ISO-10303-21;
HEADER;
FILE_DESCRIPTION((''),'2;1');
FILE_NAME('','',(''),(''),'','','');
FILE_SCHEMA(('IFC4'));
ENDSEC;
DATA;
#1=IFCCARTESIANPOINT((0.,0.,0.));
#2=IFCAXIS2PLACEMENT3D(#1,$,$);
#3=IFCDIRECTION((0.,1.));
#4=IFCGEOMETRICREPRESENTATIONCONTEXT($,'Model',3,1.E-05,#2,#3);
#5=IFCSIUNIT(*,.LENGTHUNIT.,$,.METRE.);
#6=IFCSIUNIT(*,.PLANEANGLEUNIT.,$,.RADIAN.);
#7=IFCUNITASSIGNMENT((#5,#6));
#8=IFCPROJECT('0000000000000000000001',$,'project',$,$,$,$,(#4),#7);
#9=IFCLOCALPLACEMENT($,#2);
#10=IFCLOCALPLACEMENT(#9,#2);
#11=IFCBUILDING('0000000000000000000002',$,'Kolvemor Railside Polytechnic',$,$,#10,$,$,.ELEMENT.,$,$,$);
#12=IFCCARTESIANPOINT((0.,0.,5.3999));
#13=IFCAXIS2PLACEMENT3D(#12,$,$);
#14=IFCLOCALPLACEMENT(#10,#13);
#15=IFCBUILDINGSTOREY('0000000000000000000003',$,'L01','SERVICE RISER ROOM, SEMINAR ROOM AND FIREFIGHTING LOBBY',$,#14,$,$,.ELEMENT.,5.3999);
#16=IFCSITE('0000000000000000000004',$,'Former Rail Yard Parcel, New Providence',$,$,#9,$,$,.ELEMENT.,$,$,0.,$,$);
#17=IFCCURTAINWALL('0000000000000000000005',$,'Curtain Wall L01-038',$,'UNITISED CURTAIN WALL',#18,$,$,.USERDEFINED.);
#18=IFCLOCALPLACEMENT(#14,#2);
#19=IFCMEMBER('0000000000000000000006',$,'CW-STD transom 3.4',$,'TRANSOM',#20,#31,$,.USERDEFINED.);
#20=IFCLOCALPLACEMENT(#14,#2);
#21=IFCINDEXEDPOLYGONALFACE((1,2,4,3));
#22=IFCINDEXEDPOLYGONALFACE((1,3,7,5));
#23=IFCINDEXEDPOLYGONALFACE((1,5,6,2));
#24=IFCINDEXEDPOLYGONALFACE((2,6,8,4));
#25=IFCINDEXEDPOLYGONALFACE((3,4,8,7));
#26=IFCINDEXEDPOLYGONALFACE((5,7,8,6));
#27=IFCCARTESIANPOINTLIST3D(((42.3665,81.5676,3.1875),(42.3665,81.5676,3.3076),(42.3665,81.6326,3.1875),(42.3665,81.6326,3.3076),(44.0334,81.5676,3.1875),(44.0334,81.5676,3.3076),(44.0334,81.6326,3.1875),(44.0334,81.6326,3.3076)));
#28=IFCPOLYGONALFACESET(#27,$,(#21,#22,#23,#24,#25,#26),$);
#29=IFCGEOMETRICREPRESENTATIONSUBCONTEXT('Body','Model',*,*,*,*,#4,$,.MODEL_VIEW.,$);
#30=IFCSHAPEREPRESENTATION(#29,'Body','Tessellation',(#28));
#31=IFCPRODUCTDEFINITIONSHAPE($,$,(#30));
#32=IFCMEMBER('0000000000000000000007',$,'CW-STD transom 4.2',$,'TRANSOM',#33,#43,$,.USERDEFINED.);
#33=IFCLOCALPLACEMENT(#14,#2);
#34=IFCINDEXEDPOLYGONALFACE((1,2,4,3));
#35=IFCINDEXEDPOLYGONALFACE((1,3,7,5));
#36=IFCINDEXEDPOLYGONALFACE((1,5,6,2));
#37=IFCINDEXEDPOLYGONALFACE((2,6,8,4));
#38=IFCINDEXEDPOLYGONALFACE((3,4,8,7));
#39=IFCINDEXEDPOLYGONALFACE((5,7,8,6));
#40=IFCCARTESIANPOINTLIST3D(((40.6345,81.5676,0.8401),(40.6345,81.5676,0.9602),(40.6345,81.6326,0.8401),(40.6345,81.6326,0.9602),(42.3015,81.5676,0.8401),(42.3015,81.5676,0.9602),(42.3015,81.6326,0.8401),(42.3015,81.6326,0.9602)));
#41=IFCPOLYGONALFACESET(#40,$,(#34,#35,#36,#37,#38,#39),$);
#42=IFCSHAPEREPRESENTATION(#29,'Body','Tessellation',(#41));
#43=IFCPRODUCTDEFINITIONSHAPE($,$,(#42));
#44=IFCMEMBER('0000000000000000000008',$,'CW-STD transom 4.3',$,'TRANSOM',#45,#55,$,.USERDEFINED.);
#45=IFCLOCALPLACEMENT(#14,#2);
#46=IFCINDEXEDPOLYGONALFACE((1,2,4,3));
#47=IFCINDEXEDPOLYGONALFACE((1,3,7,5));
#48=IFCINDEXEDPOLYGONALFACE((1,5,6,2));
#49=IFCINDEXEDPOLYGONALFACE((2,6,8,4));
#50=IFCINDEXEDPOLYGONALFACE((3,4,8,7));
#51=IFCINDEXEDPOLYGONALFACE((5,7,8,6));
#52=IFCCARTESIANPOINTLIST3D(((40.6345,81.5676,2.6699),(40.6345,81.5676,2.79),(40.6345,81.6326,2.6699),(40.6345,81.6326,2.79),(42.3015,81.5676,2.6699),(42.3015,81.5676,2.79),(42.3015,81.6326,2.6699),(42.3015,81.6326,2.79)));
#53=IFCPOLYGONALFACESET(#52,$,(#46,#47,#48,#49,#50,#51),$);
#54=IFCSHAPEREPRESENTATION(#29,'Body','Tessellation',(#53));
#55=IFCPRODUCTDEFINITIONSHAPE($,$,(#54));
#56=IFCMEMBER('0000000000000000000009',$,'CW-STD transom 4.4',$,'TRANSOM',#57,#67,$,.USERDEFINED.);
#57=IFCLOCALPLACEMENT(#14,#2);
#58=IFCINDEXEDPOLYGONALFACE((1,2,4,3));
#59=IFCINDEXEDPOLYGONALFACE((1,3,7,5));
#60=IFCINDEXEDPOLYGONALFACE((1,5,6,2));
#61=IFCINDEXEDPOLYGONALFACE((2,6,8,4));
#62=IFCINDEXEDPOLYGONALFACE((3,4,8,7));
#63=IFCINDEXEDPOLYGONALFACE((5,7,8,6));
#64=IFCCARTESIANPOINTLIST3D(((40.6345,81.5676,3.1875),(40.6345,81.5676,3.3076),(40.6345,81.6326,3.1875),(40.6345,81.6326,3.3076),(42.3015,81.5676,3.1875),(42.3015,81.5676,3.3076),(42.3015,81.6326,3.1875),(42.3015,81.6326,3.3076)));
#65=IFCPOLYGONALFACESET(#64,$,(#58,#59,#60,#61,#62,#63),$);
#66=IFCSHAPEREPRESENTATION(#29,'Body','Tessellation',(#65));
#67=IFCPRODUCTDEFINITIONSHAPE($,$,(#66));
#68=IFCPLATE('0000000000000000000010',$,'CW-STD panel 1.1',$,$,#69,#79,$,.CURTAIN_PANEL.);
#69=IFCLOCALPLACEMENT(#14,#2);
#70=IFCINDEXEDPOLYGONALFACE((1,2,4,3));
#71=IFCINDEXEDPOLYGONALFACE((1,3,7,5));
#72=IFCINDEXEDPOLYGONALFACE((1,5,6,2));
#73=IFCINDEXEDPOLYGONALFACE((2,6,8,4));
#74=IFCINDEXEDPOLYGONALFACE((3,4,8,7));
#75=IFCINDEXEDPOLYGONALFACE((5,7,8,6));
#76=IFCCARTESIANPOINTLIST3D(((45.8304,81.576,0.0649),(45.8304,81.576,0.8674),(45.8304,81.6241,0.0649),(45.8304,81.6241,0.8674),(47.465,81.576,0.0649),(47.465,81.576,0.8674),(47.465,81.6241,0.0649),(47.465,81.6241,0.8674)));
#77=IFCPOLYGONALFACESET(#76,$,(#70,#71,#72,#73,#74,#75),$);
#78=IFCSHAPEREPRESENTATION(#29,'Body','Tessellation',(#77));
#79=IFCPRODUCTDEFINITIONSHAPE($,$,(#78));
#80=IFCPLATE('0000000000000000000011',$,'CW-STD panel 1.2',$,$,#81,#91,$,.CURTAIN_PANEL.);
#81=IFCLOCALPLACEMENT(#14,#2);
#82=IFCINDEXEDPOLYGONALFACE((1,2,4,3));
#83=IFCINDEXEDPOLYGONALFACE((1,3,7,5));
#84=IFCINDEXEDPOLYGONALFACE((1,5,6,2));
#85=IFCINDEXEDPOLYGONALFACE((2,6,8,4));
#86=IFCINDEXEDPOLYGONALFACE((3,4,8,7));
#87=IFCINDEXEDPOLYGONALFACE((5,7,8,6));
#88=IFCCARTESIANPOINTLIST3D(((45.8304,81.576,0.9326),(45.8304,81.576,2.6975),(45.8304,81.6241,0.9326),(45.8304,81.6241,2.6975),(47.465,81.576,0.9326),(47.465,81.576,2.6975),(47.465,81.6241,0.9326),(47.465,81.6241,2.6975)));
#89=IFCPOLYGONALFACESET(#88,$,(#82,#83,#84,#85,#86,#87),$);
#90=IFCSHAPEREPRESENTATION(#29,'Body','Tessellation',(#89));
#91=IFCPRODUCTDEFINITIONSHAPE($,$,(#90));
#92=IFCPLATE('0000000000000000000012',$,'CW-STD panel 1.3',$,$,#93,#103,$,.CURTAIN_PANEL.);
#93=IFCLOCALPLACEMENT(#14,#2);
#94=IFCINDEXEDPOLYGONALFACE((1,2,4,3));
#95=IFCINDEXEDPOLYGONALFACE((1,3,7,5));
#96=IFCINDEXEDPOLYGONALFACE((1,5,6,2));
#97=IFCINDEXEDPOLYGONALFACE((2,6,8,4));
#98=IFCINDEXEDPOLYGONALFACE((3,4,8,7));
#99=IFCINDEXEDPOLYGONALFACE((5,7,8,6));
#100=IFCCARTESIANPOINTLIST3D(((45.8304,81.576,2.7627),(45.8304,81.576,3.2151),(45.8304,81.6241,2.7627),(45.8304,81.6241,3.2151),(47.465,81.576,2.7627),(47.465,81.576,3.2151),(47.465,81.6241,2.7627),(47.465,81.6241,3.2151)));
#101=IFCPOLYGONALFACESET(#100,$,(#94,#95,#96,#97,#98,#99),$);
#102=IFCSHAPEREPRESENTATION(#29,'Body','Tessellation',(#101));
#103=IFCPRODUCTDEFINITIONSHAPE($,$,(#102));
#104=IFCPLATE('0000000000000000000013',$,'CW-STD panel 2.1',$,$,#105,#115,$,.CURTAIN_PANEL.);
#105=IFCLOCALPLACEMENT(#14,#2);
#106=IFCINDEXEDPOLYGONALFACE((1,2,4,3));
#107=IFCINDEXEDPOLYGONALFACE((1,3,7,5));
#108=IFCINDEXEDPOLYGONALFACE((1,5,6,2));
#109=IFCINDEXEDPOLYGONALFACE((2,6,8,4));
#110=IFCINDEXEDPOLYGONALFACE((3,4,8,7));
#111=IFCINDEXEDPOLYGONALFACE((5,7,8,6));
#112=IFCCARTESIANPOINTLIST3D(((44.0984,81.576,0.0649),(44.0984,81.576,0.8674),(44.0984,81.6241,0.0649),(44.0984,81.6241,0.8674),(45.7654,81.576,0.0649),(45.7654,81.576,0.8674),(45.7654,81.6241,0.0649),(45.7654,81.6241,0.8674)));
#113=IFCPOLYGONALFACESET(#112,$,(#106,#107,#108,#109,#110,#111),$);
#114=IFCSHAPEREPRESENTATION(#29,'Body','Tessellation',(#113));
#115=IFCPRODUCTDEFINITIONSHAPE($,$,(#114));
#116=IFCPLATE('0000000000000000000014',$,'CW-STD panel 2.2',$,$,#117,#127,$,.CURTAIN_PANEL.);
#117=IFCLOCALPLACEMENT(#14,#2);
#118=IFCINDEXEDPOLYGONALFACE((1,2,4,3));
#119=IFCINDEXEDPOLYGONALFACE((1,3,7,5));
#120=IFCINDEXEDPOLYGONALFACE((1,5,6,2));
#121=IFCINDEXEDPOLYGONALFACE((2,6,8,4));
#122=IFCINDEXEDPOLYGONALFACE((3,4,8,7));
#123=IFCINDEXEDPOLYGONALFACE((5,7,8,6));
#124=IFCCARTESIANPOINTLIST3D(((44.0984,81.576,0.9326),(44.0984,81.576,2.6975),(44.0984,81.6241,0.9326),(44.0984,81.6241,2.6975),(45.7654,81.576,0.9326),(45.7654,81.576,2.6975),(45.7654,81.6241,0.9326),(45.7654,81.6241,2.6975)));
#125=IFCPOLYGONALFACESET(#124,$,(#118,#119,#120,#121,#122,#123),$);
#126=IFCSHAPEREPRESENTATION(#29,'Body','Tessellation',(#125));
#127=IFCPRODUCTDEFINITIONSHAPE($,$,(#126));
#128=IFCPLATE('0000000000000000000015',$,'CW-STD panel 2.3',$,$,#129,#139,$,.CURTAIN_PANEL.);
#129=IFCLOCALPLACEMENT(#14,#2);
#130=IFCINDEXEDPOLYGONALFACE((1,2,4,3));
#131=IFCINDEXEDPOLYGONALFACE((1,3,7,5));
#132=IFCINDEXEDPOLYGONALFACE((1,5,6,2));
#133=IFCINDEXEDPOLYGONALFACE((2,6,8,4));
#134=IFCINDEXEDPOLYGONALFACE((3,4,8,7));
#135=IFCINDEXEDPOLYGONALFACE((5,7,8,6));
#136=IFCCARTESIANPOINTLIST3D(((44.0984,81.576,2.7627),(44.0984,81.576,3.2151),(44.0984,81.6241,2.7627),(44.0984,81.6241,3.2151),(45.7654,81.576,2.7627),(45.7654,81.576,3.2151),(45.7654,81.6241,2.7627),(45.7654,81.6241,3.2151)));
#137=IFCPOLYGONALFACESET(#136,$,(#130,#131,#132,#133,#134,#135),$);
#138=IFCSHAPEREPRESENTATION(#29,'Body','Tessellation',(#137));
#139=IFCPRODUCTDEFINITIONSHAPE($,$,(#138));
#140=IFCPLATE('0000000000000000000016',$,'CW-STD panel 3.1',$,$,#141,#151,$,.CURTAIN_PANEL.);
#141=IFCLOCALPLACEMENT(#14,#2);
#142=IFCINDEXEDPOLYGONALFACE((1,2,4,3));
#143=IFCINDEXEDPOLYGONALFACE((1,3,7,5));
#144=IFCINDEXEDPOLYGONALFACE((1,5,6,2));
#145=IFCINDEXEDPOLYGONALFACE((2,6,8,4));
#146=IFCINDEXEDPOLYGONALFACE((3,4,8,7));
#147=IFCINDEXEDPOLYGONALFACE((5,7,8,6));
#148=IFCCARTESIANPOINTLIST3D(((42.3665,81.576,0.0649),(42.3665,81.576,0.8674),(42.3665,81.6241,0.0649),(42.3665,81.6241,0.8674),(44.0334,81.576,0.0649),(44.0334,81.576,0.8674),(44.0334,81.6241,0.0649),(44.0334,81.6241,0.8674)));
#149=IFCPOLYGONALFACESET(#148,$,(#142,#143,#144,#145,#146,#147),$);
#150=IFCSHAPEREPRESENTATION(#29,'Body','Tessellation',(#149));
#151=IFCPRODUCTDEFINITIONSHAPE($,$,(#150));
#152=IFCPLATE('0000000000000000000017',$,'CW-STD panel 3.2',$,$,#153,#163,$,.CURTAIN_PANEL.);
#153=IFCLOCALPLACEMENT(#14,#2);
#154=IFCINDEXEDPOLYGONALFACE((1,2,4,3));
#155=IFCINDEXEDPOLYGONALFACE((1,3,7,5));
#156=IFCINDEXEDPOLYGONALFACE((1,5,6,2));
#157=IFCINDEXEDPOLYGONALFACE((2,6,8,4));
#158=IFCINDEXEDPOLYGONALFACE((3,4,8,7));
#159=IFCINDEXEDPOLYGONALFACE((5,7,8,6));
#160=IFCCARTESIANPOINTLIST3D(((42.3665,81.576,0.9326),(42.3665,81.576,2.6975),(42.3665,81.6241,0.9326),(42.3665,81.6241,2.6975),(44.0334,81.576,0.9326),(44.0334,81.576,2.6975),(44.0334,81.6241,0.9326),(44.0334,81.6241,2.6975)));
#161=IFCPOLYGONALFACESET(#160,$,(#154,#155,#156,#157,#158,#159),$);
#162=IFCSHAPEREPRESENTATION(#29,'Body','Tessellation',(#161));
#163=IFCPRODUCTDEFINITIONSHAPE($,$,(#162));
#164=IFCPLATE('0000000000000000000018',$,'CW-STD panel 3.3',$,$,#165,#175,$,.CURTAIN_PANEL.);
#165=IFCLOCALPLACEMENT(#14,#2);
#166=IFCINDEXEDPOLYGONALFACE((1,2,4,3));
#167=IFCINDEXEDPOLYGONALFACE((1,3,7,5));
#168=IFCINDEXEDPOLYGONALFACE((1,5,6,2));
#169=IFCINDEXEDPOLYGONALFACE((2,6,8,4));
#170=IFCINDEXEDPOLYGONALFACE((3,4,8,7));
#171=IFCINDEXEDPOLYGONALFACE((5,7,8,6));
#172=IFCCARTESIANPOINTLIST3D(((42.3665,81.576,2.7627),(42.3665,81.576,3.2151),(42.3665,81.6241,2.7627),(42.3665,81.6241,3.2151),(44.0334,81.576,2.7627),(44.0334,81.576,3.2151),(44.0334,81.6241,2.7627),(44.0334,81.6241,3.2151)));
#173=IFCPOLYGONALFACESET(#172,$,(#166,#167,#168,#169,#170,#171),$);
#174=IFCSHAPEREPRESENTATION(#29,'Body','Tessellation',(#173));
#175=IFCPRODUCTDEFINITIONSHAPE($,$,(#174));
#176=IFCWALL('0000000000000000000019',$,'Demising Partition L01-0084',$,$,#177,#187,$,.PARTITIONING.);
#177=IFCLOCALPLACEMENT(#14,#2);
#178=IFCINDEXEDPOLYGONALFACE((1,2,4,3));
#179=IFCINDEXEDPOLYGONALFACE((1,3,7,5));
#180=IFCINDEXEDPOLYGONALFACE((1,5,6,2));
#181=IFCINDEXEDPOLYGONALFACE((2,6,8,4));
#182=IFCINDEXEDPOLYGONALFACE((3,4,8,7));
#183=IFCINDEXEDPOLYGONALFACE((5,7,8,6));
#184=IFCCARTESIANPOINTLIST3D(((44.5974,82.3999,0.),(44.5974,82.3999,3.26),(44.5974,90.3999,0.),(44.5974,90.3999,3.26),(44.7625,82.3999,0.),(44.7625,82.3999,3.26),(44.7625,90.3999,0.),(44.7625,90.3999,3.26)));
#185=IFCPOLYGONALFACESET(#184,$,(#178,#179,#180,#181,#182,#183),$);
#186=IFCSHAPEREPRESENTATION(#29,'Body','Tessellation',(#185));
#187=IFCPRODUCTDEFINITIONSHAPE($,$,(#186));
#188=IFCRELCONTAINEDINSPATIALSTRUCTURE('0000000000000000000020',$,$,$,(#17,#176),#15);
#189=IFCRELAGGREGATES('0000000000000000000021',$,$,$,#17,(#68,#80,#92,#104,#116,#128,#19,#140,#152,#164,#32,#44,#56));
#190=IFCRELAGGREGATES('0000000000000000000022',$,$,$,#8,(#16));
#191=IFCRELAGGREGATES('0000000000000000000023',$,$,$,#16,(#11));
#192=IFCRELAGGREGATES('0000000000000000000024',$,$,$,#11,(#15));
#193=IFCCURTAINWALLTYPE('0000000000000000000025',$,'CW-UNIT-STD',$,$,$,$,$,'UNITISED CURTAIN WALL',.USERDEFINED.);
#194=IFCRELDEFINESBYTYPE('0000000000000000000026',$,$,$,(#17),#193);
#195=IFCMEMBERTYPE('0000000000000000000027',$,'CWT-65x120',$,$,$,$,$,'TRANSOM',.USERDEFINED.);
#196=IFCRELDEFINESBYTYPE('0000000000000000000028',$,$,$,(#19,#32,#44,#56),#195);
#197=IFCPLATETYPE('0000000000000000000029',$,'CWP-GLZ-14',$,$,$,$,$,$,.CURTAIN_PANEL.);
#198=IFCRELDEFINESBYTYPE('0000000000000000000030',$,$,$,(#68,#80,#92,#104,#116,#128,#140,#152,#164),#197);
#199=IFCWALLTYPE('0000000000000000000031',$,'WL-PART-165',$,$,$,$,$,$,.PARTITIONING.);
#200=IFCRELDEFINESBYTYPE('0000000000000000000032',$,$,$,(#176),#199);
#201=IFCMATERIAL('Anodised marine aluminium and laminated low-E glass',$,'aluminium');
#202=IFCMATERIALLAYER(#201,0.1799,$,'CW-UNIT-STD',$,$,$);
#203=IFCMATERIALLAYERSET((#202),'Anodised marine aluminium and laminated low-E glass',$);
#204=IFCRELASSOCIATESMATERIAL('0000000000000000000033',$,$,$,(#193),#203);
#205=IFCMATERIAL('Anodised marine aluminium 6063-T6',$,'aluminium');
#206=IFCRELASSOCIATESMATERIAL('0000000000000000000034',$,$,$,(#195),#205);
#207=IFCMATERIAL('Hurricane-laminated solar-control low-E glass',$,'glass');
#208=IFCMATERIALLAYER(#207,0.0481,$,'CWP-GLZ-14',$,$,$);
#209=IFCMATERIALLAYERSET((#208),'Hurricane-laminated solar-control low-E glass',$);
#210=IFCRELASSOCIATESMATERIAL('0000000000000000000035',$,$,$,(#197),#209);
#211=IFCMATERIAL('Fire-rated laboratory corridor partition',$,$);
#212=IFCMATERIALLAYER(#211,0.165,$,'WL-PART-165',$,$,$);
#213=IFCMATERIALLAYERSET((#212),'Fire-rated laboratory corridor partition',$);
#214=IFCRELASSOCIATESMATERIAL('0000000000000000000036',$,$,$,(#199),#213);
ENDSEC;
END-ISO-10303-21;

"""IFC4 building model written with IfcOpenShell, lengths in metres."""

from ifc_helpers import new_model, si_unit, direction, frame, frame_2d, origin, origin_2d, place, context, subcontext, project, spatial, rectangle, extrude, material, layer, layer_set, material_profile, profile_set, type_object, element, aggregate, save


model = new_model("IFC4")

# Units and contexts
model_context = context("Model", 3, precision=1e-05, world=origin(), true_north=direction((0.0, 1.0)))
body_context = subcontext(model_context, "Body", "Model", "MODEL_VIEW")
ifc_project = project(units=[si_unit("LENGTHUNIT", "METRE"), si_unit("PLANEANGLEUNIT", "RADIAN")], contexts=[model_context])

# Site, building, storey
site_placement = place(None, origin())
site = spatial("IfcSite", under=ifc_project, at=site_placement, Name="Former Rail Yard Parcel, New Providence", CompositionType="ELEMENT", RefElevation=0.0)
building_placement = place(site_placement, origin())
building = spatial("IfcBuilding", under=site, at=building_placement, Name="Kolvemor Railside Polytechnic", CompositionType="ELEMENT")
storey_placement = place(building_placement, frame((0.0, 0.0, 5.3999)))
storey = spatial("IfcBuildingStorey", under=building, at=storey_placement, Name="L01", Description="SERVICE RISER ROOM, SEMINAR ROOM AND FIREFIGHTING LOBBY", CompositionType="ELEMENT", Elevation=5.3999)

# Curtain wall, members, plates
ifc_material_1 = material(Name="Anodised marine aluminium and laminated low-E glass", Category="aluminium")
ifc_layer_1 = layer(ifc_material_1, 0.1799, Name="CW-UNIT-STD")
ifc_layer_set_1 = layer_set([ifc_layer_1], Name="Anodised marine aluminium and laminated low-E glass")
curtain_wall_type = type_object("IfcCurtainWallType", Name="CW-UNIT-STD", ElementType="UNITISED CURTAIN WALL", PredefinedType="USERDEFINED", material=ifc_layer_set_1)
curtain_wall_placement = place(storey_placement, origin())
curtain_wall = element("IfcCurtainWall", 1, at=curtain_wall_placement, inside=storey, type_object=curtain_wall_type, Name="Curtain Wall L01-038", ObjectType="UNITISED CURTAIN WALL", PredefinedType="USERDEFINED")
ifc_material_2 = material(Name="Anodised marine aluminium 6063-T6", Category="aluminium")
ifc_material_profile_1 = material_profile(ifc_material_2, rectangle(XDim=0.0649, YDim=0.1201, at=origin_2d()), Name="CW-TRN-65x120")
ifc_profile_set_1 = profile_set([ifc_material_profile_1], Name="Anodised marine aluminium 6063-T6")
member_type_1 = type_object("IfcMemberType", Name="CWT-65x120", ElementType="TRANSOM", PredefinedType="USERDEFINED", material=ifc_profile_set_1)
member_1_placement = place(storey_placement, frame((44.0334, 81.6001, 3.2476), z_axis=(-1.0, 0.0, 0.0), x_axis=(0.0, -1.0, 0.0)))
member_1 = element("IfcMember", 2, at=member_1_placement, type_object=member_type_1, Name="CW-STD transom 3.4", ObjectType="TRANSOM", PredefinedType="USERDEFINED", context=body_context, shape_type="SweptSolid", body=[
    extrude(rectangle(XDim=0.0649, YDim=0.1201, at=origin_2d()), origin(), (0.0, 0.0, 1.0), 1.667),
])
member_2_placement = place(storey_placement, frame((42.3015, 81.6001, 0.9001), z_axis=(-1.0, 0.0, 0.0), x_axis=(0.0, -1.0, 0.0)))
member_2 = element("IfcMember", 3, at=member_2_placement, type_object=member_type_1, Name="CW-STD transom 4.2", ObjectType="TRANSOM", PredefinedType="USERDEFINED", context=body_context, shape_type="SweptSolid", body=[
    extrude(rectangle(XDim=0.0649, YDim=0.1201, at=origin_2d()), origin(), (0.0, 0.0, 1.0), 1.667),
])
member_3_placement = place(storey_placement, frame((42.3015, 81.6001, 2.73), z_axis=(-1.0, 0.0, 0.0), x_axis=(0.0, -1.0, 0.0)))
member_3 = element("IfcMember", 4, at=member_3_placement, type_object=member_type_1, Name="CW-STD transom 4.3", ObjectType="TRANSOM", PredefinedType="USERDEFINED", context=body_context, shape_type="SweptSolid", body=[
    extrude(rectangle(XDim=0.0649, YDim=0.1201, at=origin_2d()), origin(), (0.0, 0.0, 1.0), 1.667),
])
member_4_placement = place(storey_placement, frame((42.3015, 81.6001, 3.2476), z_axis=(-1.0, 0.0, 0.0), x_axis=(0.0, -1.0, 0.0)))
member_4 = element("IfcMember", 5, at=member_4_placement, type_object=member_type_1, Name="CW-STD transom 4.4", ObjectType="TRANSOM", PredefinedType="USERDEFINED", context=body_context, shape_type="SweptSolid", body=[
    extrude(rectangle(XDim=0.0649, YDim=0.1201, at=origin_2d()), origin(), (0.0, 0.0, 1.0), 1.667),
])
ifc_material_3 = material(Name="Hurricane-laminated solar-control low-E glass", Category="glass")
ifc_layer_2 = layer(ifc_material_3, 0.0481, Name="CWP-GLZ-14")
ifc_layer_set_2 = layer_set([ifc_layer_2], Name="Hurricane-laminated solar-control low-E glass")
plate_type = type_object("IfcPlateType", Name="CWP-GLZ-14", PredefinedType="CURTAIN_PANEL", material=ifc_layer_set_2)
plate_1_placement = place(storey_placement, frame((46.6477, 81.6001, 0.0649), z_axis=(0.0, 0.0, 1.0), x_axis=(-1.0, 0.0, 0.0)))
plate_1 = element("IfcPlate", 6, at=plate_1_placement, type_object=plate_type, Name="CW-STD panel 1.1", PredefinedType="CURTAIN_PANEL", context=body_context, shape_type="SweptSolid", body=[
    extrude(rectangle(XDim=1.6345, YDim=0.0481, at=origin_2d()), origin(), (0.0, 0.0, 1.0), 0.8025),
])
plate_2_placement = place(storey_placement, frame((46.6477, 81.6001, 0.9326), z_axis=(0.0, 0.0, 1.0), x_axis=(-1.0, 0.0, 0.0)))
plate_2 = element("IfcPlate", 7, at=plate_2_placement, type_object=plate_type, Name="CW-STD panel 1.2", PredefinedType="CURTAIN_PANEL", context=body_context, shape_type="SweptSolid", body=[
    extrude(rectangle(XDim=1.6345, YDim=0.0481, at=origin_2d()), origin(), (0.0, 0.0, 1.0), 1.7649),
])
plate_3_placement = place(storey_placement, frame((46.6477, 81.6001, 2.7627), z_axis=(0.0, 0.0, 1.0), x_axis=(-1.0, 0.0, 0.0)))
plate_3 = element("IfcPlate", 8, at=plate_3_placement, type_object=plate_type, Name="CW-STD panel 1.3", PredefinedType="CURTAIN_PANEL", context=body_context, shape_type="SweptSolid", body=[
    extrude(rectangle(XDim=1.6345, YDim=0.0481, at=origin_2d()), origin(), (0.0, 0.0, 1.0), 0.4524),
])
plate_4_placement = place(storey_placement, frame((44.9319, 81.6001, 0.0649), z_axis=(0.0, 0.0, 1.0), x_axis=(-1.0, 0.0, 0.0)))
plate_4 = element("IfcPlate", 9, at=plate_4_placement, type_object=plate_type, Name="CW-STD panel 2.1", PredefinedType="CURTAIN_PANEL", context=body_context, shape_type="SweptSolid", body=[
    extrude(rectangle(XDim=1.667, YDim=0.0481, at=origin_2d()), origin(), (0.0, 0.0, 1.0), 0.8025),
])
plate_5_placement = place(storey_placement, frame((44.9319, 81.6001, 0.9326), z_axis=(0.0, 0.0, 1.0), x_axis=(-1.0, 0.0, 0.0)))
plate_5 = element("IfcPlate", 10, at=plate_5_placement, type_object=plate_type, Name="CW-STD panel 2.2", PredefinedType="CURTAIN_PANEL", context=body_context, shape_type="SweptSolid", body=[
    extrude(rectangle(XDim=1.667, YDim=0.0481, at=origin_2d()), origin(), (0.0, 0.0, 1.0), 1.7649),
])
plate_6_placement = place(storey_placement, frame((44.9319, 81.6001, 2.7627), z_axis=(0.0, 0.0, 1.0), x_axis=(-1.0, 0.0, 0.0)))
plate_6 = element("IfcPlate", 11, at=plate_6_placement, type_object=plate_type, Name="CW-STD panel 2.3", PredefinedType="CURTAIN_PANEL", context=body_context, shape_type="SweptSolid", body=[
    extrude(rectangle(XDim=1.667, YDim=0.0481, at=origin_2d()), origin(), (0.0, 0.0, 1.0), 0.4524),
])
plate_7_placement = place(storey_placement, frame((43.2, 81.6001, 0.0649), z_axis=(0.0, 0.0, 1.0), x_axis=(-1.0, 0.0, 0.0)))
plate_7 = element("IfcPlate", 12, at=plate_7_placement, type_object=plate_type, Name="CW-STD panel 3.1", PredefinedType="CURTAIN_PANEL", context=body_context, shape_type="SweptSolid", body=[
    extrude(rectangle(XDim=1.667, YDim=0.0481, at=origin_2d()), origin(), (0.0, 0.0, 1.0), 0.8025),
])
plate_8_placement = place(storey_placement, frame((43.2, 81.6001, 0.9326), z_axis=(0.0, 0.0, 1.0), x_axis=(-1.0, 0.0, 0.0)))
plate_8 = element("IfcPlate", 13, at=plate_8_placement, type_object=plate_type, Name="CW-STD panel 3.2", PredefinedType="CURTAIN_PANEL", context=body_context, shape_type="SweptSolid", body=[
    extrude(rectangle(XDim=1.667, YDim=0.0481, at=origin_2d()), origin(), (0.0, 0.0, 1.0), 1.7649),
])
plate_9_placement = place(storey_placement, frame((43.2, 81.6001, 2.7627), z_axis=(0.0, 0.0, 1.0), x_axis=(-1.0, 0.0, 0.0)))
plate_9 = element("IfcPlate", 14, at=plate_9_placement, type_object=plate_type, Name="CW-STD panel 3.3", PredefinedType="CURTAIN_PANEL", context=body_context, shape_type="SweptSolid", body=[
    extrude(rectangle(XDim=1.667, YDim=0.0481, at=origin_2d()), origin(), (0.0, 0.0, 1.0), 0.4524),
])
aggregate(curtain_wall, [plate_1, plate_2, plate_3, plate_4, plate_5, plate_6, member_1, plate_7, plate_8, plate_9, member_2, member_3, member_4])

# Wall
ifc_material_4 = material(Name="Fire-rated laboratory corridor partition")
ifc_layer_3 = layer(ifc_material_4, 0.165, Name="WL-PART-165")
ifc_layer_set_3 = layer_set([ifc_layer_3], Name="Fire-rated laboratory corridor partition")
wall_type = type_object("IfcWallType", Name="WL-PART-165", PredefinedType="PARTITIONING", material=ifc_layer_set_3)
wall_placement = place(storey_placement, frame((44.6799, 82.3999, 0.0), z_axis=(0.0, 0.0, 1.0), x_axis=(0.0, 1.0, 0.0)))
element("IfcWall", 15, at=wall_placement, inside=storey, type_object=wall_type, Name="Demising Partition L01-0084", PredefinedType="PARTITIONING", context=body_context, shape_type="SweptSolid", body=[
    extrude(rectangle(XDim=8.0, YDim=0.165, at=frame_2d((4.0, 0.0))), origin(), (0.0, 0.0, 1.0), 3.26),
])

save(model, "model.ifc")
